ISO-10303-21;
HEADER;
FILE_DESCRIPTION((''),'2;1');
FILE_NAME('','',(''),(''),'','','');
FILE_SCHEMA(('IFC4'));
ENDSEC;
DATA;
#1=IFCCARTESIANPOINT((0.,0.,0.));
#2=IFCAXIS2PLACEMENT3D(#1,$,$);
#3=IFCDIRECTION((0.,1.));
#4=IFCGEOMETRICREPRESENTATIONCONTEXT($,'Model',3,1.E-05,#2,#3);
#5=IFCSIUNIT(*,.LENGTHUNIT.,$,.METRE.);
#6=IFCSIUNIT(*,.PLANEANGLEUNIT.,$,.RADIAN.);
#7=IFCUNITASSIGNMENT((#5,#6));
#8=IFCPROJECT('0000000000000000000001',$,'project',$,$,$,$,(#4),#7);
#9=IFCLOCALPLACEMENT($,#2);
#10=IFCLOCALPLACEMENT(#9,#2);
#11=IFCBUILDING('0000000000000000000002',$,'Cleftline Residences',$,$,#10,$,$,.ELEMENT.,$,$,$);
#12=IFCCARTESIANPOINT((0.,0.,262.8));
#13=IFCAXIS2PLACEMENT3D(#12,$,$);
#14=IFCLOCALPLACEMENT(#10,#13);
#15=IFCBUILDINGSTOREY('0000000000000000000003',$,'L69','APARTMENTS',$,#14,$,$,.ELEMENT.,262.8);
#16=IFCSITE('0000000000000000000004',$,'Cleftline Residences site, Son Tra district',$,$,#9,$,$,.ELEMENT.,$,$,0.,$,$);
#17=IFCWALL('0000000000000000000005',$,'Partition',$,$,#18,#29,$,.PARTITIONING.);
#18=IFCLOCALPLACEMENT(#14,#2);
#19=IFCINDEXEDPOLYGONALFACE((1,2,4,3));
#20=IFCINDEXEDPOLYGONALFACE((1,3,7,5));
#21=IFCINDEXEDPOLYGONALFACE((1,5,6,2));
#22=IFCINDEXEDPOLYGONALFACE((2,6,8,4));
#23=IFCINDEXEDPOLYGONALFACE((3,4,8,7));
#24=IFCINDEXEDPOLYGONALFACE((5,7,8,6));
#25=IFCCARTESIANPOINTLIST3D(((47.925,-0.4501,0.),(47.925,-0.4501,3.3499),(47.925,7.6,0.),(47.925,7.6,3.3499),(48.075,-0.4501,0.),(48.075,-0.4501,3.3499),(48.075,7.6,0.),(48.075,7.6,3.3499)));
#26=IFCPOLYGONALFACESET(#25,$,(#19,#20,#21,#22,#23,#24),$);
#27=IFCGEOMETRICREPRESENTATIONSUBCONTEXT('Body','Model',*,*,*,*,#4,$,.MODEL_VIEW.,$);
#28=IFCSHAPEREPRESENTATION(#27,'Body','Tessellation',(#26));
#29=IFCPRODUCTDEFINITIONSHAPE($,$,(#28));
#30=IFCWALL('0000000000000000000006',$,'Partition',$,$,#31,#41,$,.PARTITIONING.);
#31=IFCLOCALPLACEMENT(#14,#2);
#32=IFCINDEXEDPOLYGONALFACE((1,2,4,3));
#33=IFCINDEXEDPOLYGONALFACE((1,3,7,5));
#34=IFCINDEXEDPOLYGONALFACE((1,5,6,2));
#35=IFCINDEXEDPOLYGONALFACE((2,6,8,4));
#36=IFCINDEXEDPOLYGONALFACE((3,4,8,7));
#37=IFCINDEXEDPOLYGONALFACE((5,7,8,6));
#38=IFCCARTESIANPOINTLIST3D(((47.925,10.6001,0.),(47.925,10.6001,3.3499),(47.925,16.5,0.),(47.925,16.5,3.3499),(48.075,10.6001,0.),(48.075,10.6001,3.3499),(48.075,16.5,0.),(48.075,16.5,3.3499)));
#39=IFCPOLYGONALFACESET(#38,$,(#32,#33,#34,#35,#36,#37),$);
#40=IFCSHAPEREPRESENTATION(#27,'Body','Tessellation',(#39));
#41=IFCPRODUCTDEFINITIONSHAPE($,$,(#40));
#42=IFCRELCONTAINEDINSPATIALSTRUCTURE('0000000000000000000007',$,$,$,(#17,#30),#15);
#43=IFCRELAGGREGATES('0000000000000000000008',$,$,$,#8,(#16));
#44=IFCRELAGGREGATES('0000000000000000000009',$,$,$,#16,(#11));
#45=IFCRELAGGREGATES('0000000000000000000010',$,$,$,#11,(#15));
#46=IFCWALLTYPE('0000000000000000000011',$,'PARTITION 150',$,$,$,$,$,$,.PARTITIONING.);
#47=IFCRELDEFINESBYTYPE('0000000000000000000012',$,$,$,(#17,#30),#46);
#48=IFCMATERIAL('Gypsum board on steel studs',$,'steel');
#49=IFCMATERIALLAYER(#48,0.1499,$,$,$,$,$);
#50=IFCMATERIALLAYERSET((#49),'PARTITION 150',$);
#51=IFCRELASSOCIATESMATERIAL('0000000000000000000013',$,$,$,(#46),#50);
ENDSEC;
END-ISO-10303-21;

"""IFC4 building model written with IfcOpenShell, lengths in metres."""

from ifc_helpers import new_model, si_unit, direction, frame, frame_2d, origin, place, context, subcontext, project, spatial, rectangle, extrude, material, layer, layer_set, type_object, element, save


model = new_model("IFC4")

# Units and contexts
model_context = context("Model", 3, precision=1e-05, world=origin(), true_north=direction((0.0, 1.0)))
body_context = subcontext(model_context, "Body", "Model", "MODEL_VIEW")
ifc_project = project(units=[si_unit("LENGTHUNIT", "METRE"), si_unit("PLANEANGLEUNIT", "RADIAN")], contexts=[model_context])

# Site, building, storey
site_placement = place(None, origin())
site = spatial("IfcSite", under=ifc_project, at=site_placement, Name="Cleftline Residences site, Son Tra district", CompositionType="ELEMENT", RefElevation=0.0)
building_placement = place(site_placement, origin())
building = spatial("IfcBuilding", under=site, at=building_placement, Name="Cleftline Residences", CompositionType="ELEMENT")
storey_placement = place(building_placement, frame((0.0, 0.0, 262.8)))
storey = spatial("IfcBuildingStorey", under=building, at=storey_placement, Name="L69", Description="APARTMENTS", CompositionType="ELEMENT", Elevation=262.8)

# Shared definitions
ifc_material_1 = material(Name="Gypsum board on steel studs", Category="steel")
ifc_layer_1 = layer(ifc_material_1, 0.1499)
ifc_layer_set_1 = layer_set([ifc_layer_1], Name="PARTITION 150")
wall_type_1 = type_object("IfcWallType", Name="PARTITION 150", PredefinedType="PARTITIONING", material=ifc_layer_set_1)

# Walls
wall_1_placement = place(storey_placement, frame((48.0, -0.45, 0.0), z_axis=(0.0, 0.0, 1.0), x_axis=(0.0, 1.0, 0.0)))
element("IfcWall", 1, at=wall_1_placement, inside=storey, type_object=wall_type_1, Name="Partition", PredefinedType="PARTITIONING", context=body_context, shape_type="SweptSolid", body=[
    extrude(rectangle(XDim=8.05, YDim=0.1499, at=frame_2d((4.0249, 0.0))), origin(), (0.0, 0.0, 1.0), 3.3499),
])
wall_2_placement = place(storey_placement, frame((48.0, 10.6001, 0.0), z_axis=(0.0, 0.0, 1.0), x_axis=(0.0, 1.0, 0.0)))
element("IfcWall", 2, at=wall_2_placement, inside=storey, type_object=wall_type_1, Name="Partition", PredefinedType="PARTITIONING", context=body_context, shape_type="SweptSolid", body=[
    extrude(rectangle(XDim=5.8999, YDim=0.1499, at=frame_2d((2.95, 0.0))), origin(), (0.0, 0.0, 1.0), 3.3499),
])

save(model, "model.ifc")
